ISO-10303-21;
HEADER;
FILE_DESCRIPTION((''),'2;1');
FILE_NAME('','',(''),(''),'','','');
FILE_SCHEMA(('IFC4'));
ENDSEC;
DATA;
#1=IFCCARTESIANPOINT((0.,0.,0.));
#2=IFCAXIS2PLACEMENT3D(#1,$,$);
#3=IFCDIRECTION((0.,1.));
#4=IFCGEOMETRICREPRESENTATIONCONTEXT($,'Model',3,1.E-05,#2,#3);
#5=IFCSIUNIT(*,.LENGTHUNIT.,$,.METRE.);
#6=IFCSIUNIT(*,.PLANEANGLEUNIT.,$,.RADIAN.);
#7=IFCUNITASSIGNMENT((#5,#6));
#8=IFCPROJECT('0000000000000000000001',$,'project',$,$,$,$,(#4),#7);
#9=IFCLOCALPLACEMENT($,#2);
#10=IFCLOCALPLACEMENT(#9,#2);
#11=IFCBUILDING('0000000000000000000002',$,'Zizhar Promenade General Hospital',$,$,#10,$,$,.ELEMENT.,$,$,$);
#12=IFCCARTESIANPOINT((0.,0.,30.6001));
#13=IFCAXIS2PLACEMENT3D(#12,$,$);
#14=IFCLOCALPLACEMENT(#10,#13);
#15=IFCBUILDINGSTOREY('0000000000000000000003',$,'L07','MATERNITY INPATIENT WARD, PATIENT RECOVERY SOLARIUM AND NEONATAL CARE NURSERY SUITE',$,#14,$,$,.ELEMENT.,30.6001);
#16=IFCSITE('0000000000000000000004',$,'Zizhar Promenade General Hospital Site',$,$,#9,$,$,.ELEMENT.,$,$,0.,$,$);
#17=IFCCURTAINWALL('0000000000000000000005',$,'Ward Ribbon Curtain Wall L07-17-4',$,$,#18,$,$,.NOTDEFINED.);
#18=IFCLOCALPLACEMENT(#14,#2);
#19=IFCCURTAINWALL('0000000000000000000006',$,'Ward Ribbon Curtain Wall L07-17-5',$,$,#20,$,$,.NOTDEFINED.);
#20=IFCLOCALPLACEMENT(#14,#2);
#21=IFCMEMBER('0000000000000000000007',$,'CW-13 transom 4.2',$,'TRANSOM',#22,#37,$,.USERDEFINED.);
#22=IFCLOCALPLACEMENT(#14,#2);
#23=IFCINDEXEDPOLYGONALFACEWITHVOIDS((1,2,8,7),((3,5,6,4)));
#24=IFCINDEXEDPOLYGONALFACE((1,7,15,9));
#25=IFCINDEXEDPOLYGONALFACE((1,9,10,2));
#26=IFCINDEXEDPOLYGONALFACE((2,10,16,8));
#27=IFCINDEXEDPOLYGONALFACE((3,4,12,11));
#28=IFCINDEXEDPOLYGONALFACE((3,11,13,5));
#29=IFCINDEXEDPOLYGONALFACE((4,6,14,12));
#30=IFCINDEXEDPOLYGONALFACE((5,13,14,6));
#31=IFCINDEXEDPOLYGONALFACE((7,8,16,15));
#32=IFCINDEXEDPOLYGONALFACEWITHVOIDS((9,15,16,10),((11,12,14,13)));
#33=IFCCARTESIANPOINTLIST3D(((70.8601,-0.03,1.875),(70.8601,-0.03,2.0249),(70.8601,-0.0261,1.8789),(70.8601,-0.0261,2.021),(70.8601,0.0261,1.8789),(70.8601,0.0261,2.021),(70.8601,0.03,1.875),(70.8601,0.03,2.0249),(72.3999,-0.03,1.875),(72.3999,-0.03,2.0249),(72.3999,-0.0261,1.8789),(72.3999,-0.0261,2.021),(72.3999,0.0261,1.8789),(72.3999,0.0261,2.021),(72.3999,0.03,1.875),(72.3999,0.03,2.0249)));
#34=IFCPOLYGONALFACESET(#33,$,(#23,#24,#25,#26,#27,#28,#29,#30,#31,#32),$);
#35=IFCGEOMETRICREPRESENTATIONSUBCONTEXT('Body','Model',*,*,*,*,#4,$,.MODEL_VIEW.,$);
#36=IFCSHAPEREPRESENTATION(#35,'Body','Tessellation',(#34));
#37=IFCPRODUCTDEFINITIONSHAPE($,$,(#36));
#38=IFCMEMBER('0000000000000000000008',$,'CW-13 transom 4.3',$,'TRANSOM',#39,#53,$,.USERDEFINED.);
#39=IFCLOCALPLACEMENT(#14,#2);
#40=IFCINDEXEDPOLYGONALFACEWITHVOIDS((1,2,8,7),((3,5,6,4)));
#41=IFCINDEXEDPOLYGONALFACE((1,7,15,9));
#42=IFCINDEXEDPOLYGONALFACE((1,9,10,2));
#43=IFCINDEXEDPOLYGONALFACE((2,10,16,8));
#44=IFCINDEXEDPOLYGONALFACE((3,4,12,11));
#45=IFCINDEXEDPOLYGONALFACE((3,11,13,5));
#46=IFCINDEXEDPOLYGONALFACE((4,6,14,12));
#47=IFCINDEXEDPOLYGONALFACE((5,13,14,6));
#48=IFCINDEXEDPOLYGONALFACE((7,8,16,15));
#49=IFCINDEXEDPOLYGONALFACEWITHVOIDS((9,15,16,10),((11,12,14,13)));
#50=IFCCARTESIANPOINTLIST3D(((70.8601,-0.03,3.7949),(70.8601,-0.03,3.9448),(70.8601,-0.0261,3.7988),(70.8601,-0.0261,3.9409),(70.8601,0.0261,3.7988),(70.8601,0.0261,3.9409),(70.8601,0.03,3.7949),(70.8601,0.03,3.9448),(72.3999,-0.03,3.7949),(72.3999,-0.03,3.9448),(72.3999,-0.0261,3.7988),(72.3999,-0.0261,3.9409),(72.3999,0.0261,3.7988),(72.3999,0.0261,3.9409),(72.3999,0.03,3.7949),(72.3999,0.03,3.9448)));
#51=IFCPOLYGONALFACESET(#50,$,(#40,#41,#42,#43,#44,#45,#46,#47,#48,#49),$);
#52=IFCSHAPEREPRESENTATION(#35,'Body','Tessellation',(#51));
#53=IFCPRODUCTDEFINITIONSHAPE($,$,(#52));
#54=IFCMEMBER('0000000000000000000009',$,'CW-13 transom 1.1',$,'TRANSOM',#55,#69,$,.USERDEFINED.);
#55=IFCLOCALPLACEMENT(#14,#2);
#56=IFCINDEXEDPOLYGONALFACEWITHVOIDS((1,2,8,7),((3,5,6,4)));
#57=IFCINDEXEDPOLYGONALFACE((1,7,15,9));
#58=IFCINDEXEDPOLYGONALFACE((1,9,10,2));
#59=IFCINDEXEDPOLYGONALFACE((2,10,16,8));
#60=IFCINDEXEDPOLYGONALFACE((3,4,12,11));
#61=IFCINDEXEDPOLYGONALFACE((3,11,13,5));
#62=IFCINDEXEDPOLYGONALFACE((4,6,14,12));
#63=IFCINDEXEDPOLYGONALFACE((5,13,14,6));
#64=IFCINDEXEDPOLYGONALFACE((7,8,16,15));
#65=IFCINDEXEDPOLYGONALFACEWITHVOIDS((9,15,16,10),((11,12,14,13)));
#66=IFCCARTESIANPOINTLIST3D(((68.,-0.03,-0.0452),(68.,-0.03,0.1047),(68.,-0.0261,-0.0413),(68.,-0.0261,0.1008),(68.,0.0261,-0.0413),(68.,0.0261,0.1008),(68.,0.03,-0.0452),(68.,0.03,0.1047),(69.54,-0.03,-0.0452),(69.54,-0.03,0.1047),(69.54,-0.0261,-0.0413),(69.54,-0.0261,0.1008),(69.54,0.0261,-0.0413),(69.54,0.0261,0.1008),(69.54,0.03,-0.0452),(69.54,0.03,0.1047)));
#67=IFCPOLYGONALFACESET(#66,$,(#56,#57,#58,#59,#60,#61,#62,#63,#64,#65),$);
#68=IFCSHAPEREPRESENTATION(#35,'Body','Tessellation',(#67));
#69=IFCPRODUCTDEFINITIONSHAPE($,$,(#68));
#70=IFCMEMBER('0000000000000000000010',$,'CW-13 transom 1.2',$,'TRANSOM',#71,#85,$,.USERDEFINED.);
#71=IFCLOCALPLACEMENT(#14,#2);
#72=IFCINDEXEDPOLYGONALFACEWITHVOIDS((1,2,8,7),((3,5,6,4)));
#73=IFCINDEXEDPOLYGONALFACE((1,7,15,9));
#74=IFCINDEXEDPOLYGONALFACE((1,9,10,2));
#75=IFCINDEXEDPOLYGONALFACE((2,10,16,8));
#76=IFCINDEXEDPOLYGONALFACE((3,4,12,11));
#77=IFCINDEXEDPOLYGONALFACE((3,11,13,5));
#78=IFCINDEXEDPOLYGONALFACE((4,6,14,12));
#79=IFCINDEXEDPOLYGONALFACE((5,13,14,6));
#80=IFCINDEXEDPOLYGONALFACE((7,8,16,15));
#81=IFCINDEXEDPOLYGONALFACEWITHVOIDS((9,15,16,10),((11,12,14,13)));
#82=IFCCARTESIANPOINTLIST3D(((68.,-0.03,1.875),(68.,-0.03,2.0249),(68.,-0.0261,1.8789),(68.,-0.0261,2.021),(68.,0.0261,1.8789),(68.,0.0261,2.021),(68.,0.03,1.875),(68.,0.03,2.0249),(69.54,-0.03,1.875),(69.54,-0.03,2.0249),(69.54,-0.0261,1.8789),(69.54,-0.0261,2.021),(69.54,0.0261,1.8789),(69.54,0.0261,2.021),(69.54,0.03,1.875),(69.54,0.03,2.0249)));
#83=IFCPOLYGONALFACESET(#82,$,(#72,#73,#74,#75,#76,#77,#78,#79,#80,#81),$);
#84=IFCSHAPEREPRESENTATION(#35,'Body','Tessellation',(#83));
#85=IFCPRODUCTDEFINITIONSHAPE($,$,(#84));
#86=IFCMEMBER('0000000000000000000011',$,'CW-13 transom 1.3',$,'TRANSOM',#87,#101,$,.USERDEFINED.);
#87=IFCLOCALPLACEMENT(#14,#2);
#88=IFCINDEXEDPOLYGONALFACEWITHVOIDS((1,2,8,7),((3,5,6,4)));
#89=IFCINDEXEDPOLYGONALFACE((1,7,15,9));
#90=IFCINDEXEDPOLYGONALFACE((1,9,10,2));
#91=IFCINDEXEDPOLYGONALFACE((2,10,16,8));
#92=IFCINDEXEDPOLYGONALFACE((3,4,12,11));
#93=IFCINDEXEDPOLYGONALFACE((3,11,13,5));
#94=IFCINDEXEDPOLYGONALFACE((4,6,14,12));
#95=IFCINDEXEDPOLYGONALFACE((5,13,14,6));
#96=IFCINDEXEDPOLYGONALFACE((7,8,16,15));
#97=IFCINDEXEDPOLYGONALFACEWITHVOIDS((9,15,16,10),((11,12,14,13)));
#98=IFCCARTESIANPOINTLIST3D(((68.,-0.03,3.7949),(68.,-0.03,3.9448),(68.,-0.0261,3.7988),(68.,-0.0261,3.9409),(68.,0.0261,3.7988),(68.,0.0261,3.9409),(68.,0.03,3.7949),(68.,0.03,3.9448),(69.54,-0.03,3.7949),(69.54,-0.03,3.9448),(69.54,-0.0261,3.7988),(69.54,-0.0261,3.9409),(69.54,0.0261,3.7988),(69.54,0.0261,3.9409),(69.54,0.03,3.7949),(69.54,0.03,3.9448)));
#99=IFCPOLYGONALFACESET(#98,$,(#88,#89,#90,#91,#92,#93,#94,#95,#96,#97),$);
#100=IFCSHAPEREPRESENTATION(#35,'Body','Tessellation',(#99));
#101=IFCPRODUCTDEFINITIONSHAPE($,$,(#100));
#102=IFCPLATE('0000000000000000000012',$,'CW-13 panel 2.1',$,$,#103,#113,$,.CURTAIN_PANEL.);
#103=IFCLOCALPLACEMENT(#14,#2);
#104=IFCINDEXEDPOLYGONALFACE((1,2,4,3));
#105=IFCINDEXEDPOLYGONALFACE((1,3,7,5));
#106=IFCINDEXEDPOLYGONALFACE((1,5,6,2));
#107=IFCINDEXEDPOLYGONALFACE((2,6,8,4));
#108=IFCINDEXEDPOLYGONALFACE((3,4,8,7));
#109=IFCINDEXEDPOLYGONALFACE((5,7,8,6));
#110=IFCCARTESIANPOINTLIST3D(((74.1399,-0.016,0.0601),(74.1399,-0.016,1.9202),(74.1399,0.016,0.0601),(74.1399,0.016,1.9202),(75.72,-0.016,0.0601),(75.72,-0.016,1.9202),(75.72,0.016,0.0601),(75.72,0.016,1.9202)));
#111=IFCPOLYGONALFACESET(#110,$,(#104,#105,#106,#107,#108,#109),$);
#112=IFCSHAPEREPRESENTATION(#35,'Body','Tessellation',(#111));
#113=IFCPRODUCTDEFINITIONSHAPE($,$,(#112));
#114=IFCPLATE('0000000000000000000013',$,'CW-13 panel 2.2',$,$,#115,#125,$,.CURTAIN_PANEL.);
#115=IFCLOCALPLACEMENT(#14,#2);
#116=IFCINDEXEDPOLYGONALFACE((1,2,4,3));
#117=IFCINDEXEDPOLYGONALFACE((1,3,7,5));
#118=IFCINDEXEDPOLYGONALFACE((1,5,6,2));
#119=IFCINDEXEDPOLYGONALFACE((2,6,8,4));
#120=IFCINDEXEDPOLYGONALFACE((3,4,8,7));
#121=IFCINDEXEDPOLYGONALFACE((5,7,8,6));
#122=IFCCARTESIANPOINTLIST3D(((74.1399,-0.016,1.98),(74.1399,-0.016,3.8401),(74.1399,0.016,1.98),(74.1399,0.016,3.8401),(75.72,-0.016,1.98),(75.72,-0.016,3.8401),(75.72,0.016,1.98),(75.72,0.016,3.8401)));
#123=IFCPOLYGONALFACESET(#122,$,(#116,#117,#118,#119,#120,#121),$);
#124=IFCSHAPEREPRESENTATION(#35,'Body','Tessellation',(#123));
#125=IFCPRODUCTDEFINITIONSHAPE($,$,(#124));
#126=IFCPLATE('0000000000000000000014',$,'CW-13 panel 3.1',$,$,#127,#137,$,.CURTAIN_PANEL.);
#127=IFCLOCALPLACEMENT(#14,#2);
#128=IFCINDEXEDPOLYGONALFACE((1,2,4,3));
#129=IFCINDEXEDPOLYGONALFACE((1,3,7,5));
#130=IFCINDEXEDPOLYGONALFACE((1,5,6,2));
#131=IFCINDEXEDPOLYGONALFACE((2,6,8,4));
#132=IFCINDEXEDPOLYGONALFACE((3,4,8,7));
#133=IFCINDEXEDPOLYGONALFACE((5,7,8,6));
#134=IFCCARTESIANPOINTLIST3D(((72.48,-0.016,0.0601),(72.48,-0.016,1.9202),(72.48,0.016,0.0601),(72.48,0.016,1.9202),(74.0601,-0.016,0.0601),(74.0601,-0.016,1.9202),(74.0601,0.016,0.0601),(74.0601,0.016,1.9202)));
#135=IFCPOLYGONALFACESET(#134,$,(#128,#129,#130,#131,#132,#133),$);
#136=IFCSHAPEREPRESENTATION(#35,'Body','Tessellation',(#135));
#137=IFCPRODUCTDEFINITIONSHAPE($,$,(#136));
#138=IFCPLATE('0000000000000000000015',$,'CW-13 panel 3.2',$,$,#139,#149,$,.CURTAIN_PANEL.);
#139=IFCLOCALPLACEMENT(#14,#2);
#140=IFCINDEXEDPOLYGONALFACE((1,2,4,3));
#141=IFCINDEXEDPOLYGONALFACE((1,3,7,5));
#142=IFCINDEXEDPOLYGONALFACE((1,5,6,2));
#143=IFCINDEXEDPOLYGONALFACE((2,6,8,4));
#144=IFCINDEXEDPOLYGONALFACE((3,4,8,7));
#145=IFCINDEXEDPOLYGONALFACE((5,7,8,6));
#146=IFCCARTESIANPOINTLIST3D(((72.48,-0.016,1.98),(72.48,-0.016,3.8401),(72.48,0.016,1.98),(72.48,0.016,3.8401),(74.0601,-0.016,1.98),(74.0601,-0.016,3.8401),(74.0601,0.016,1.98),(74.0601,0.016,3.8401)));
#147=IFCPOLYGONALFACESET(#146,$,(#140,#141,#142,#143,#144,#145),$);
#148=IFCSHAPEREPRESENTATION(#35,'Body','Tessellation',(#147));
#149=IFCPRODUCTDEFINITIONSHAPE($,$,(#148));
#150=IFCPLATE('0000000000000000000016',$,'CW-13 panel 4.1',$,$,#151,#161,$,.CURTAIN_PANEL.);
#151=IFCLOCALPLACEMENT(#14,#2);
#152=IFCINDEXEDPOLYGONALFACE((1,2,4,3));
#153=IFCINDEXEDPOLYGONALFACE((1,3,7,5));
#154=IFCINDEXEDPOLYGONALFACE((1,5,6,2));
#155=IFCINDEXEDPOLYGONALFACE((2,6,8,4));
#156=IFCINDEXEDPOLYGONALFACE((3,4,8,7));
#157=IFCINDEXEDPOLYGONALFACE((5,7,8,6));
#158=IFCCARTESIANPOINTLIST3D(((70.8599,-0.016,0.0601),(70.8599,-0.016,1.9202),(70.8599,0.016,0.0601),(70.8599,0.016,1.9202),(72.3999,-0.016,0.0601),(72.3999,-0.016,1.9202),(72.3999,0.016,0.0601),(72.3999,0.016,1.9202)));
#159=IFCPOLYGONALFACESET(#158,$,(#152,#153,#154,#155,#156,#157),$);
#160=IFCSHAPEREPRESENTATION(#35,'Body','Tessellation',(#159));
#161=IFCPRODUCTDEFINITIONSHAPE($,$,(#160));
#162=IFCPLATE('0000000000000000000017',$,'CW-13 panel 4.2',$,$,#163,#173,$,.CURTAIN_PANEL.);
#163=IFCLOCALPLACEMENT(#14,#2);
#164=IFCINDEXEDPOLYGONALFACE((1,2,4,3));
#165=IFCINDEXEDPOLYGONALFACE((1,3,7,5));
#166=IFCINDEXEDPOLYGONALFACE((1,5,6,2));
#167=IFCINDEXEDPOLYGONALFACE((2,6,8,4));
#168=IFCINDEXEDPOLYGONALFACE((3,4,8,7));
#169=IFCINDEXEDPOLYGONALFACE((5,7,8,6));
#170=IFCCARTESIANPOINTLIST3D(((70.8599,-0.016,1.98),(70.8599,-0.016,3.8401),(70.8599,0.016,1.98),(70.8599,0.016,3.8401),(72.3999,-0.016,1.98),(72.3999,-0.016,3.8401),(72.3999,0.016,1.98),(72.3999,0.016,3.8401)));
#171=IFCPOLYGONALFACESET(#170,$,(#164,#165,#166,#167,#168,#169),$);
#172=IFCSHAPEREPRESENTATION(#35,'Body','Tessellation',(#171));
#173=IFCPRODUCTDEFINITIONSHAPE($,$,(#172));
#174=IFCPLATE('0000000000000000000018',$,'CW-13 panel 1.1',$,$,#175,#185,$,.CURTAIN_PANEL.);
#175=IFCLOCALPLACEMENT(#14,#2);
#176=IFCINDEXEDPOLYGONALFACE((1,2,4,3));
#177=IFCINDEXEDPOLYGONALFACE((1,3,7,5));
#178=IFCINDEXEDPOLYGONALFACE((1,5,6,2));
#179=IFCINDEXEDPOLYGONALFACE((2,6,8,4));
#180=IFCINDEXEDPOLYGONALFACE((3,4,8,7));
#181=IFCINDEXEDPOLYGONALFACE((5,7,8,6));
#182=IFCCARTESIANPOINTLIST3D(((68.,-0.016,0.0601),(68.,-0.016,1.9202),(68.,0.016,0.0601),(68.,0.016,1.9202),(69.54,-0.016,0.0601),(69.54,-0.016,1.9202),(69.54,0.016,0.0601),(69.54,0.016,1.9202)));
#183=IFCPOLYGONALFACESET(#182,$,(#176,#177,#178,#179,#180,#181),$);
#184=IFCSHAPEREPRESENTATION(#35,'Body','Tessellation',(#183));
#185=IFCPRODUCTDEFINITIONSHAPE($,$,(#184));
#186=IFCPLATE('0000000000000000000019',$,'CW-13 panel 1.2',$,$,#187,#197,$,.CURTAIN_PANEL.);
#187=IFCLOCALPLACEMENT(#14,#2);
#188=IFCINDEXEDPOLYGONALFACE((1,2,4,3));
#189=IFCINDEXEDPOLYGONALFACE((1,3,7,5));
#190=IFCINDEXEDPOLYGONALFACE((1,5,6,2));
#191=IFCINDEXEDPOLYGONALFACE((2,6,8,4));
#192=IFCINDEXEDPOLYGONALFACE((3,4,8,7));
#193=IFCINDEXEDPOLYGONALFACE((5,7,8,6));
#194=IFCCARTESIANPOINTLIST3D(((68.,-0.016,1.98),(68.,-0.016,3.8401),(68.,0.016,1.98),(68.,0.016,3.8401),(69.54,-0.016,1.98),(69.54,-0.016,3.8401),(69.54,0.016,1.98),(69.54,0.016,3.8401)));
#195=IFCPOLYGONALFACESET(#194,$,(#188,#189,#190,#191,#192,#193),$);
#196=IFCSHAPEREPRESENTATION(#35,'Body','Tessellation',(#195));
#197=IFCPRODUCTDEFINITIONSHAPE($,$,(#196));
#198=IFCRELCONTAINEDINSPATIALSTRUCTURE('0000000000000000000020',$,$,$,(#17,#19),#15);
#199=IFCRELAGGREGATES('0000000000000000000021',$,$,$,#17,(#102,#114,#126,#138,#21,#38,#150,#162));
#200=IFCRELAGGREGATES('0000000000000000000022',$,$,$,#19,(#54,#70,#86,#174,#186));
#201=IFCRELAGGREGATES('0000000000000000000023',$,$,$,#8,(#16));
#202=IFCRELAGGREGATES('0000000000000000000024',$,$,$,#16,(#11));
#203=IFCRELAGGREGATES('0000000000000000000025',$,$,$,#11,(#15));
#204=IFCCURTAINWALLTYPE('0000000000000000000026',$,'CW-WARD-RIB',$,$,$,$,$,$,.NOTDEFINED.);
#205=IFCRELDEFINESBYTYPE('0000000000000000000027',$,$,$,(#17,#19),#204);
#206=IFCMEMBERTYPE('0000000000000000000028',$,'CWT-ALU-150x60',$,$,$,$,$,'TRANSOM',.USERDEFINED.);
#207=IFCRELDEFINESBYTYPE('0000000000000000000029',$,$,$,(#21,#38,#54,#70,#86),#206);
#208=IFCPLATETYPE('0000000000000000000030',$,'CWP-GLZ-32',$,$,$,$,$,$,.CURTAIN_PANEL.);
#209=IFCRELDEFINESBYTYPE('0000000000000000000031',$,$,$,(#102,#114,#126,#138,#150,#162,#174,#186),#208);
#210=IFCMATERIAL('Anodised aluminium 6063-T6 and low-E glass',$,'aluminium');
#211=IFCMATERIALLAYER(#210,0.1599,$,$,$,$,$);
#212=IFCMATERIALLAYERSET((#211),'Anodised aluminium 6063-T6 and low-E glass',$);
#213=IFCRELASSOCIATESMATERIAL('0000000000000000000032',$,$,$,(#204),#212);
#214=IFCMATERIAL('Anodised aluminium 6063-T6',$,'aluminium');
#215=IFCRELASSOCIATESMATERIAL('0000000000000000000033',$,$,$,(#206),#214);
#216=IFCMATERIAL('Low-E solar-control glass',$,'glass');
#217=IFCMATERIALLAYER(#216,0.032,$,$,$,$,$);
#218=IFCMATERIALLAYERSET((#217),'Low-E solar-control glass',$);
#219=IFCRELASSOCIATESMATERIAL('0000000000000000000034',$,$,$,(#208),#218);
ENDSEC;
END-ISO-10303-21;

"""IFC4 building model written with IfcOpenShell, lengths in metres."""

from ifc_helpers import new_model, si_unit, direction, frame, origin, origin_2d, place, context, subcontext, project, spatial, rectangle, hollow_rectangle, extrude, material, layer, layer_set, material_profile, profile_set, type_object, element, aggregate, save


model = new_model("IFC4")

# Units and contexts
model_context = context("Model", 3, precision=1e-05, world=origin(), true_north=direction((0.0, 1.0)))
body_context = subcontext(model_context, "Body", "Model", "MODEL_VIEW")
ifc_project = project(units=[si_unit("LENGTHUNIT", "METRE"), si_unit("PLANEANGLEUNIT", "RADIAN")], contexts=[model_context])

# Site, building, storey
site_placement = place(None, origin())
site = spatial("IfcSite", under=ifc_project, at=site_placement, Name="Zizhar Promenade General Hospital Site", CompositionType="ELEMENT", RefElevation=0.0)
building_placement = place(site_placement, origin())
building = spatial("IfcBuilding", under=site, at=building_placement, Name="Zizhar Promenade General Hospital", CompositionType="ELEMENT")
storey_placement = place(building_placement, frame((0.0, 0.0, 30.6001)))
storey = spatial("IfcBuildingStorey", under=building, at=storey_placement, Name="L07", Description="MATERNITY INPATIENT WARD, PATIENT RECOVERY SOLARIUM AND NEONATAL CARE NURSERY SUITE", CompositionType="ELEMENT", Elevation=30.6001)

# Curtain wall
ifc_material_1 = material(Name="Anodised aluminium 6063-T6 and low-E glass", Category="aluminium")
ifc_layer_1 = layer(ifc_material_1, 0.1599)
ifc_layer_set_1 = layer_set([ifc_layer_1], Name="Anodised aluminium 6063-T6 and low-E glass")
curtain_wall_type = type_object("IfcCurtainWallType", Name="CW-WARD-RIB", PredefinedType="NOTDEFINED", material=ifc_layer_set_1)
curtain_wall_1_placement = place(storey_placement, origin())
curtain_wall_1 = element("IfcCurtainWall", 1, at=curtain_wall_1_placement, inside=storey, type_object=curtain_wall_type, Name="Ward Ribbon Curtain Wall L07-17-4", PredefinedType="NOTDEFINED")

# Curtain wall
curtain_wall_2_placement = place(storey_placement, origin())
curtain_wall_2 = element("IfcCurtainWall", 2, at=curtain_wall_2_placement, inside=storey, type_object=curtain_wall_type, Name="Ward Ribbon Curtain Wall L07-17-5", PredefinedType="NOTDEFINED")

# Members
ifc_material_2 = material(Name="Anodised aluminium 6063-T6", Category="aluminium")
ifc_material_profile_1 = material_profile(ifc_material_2, hollow_rectangle(XDim=0.0601, YDim=0.1499, WallThickness=0.0039, at=origin_2d()))
ifc_profile_set_1 = profile_set([ifc_material_profile_1], Name="Anodised aluminium 6063-T6")
member_type_1 = type_object("IfcMemberType", Name="CWT-ALU-150x60", ElementType="TRANSOM", PredefinedType="USERDEFINED", material=ifc_profile_set_1)
member_1_placement = place(storey_placement, frame((72.3999, 0.0, 1.95), z_axis=(-1.0, 0.0, 0.0), x_axis=(0.0, -1.0, 0.0)))
member_1 = element("IfcMember", 3, at=member_1_placement, type_object=member_type_1, Name="CW-13 transom 4.2", ObjectType="TRANSOM", PredefinedType="USERDEFINED", context=body_context, shape_type="SweptSolid", body=[
    extrude(hollow_rectangle(XDim=0.0601, YDim=0.1499, WallThickness=0.0039, at=origin_2d()), origin(), (0.0, 0.0, 1.0), 1.5398),
])
member_2_placement = place(storey_placement, frame((72.3999, 0.0, 3.8699), z_axis=(-1.0, 0.0, 0.0), x_axis=(0.0, -1.0, 0.0)))
member_2 = element("IfcMember", 4, at=member_2_placement, type_object=member_type_1, Name="CW-13 transom 4.3", ObjectType="TRANSOM", PredefinedType="USERDEFINED", context=body_context, shape_type="SweptSolid", body=[
    extrude(hollow_rectangle(XDim=0.0601, YDim=0.1499, WallThickness=0.0039, at=origin_2d()), origin(), (0.0, 0.0, 1.0), 1.5398),
])
member_3_placement = place(storey_placement, frame((69.54, 0.0, 0.0298), z_axis=(-1.0, 0.0, 0.0), x_axis=(0.0, -1.0, 0.0)))
member_3 = element("IfcMember", 5, at=member_3_placement, type_object=member_type_1, Name="CW-13 transom 1.1", ObjectType="TRANSOM", PredefinedType="USERDEFINED", context=body_context, shape_type="SweptSolid", body=[
    extrude(hollow_rectangle(XDim=0.0601, YDim=0.1499, WallThickness=0.0039, at=origin_2d()), origin(), (0.0, 0.0, 1.0), 1.54),
])
member_4_placement = place(storey_placement, frame((69.54, 0.0, 1.95), z_axis=(-1.0, 0.0, 0.0), x_axis=(0.0, -1.0, 0.0)))
member_4 = element("IfcMember", 6, at=member_4_placement, type_object=member_type_1, Name="CW-13 transom 1.2", ObjectType="TRANSOM", PredefinedType="USERDEFINED", context=body_context, shape_type="SweptSolid", body=[
    extrude(hollow_rectangle(XDim=0.0601, YDim=0.1499, WallThickness=0.0039, at=origin_2d()), origin(), (0.0, 0.0, 1.0), 1.54),
])
member_5_placement = place(storey_placement, frame((69.54, 0.0, 3.8699), z_axis=(-1.0, 0.0, 0.0), x_axis=(0.0, -1.0, 0.0)))
member_5 = element("IfcMember", 7, at=member_5_placement, type_object=member_type_1, Name="CW-13 transom 1.3", ObjectType="TRANSOM", PredefinedType="USERDEFINED", context=body_context, shape_type="SweptSolid", body=[
    extrude(hollow_rectangle(XDim=0.0601, YDim=0.1499, WallThickness=0.0039, at=origin_2d()), origin(), (0.0, 0.0, 1.0), 1.54),
])

# Plates
ifc_material_3 = material(Name="Low-E solar-control glass", Category="glass")
ifc_layer_2 = layer(ifc_material_3, 0.032)
ifc_layer_set_2 = layer_set([ifc_layer_2], Name="Low-E solar-control glass")
plate_type = type_object("IfcPlateType", Name="CWP-GLZ-32", PredefinedType="CURTAIN_PANEL", material=ifc_layer_set_2)
plate_1_placement = place(storey_placement, frame((74.9299, 0.0, 0.0601), z_axis=(0.0, 0.0, 1.0), x_axis=(-1.0, 0.0, 0.0)))
plate_1 = element("IfcPlate", 8, at=plate_1_placement, type_object=plate_type, Name="CW-13 panel 2.1", PredefinedType="CURTAIN_PANEL", context=body_context, shape_type="SweptSolid", body=[
    extrude(rectangle(XDim=1.5801, YDim=0.032, at=origin_2d()), origin(), (0.0, 0.0, 1.0), 1.8601),
])
plate_2_placement = place(storey_placement, frame((74.9299, 0.0, 1.98), z_axis=(0.0, 0.0, 1.0), x_axis=(-1.0, 0.0, 0.0)))
plate_2 = element("IfcPlate", 9, at=plate_2_placement, type_object=plate_type, Name="CW-13 panel 2.2", PredefinedType="CURTAIN_PANEL", context=body_context, shape_type="SweptSolid", body=[
    extrude(rectangle(XDim=1.5801, YDim=0.032, at=origin_2d()), origin(), (0.0, 0.0, 1.0), 1.8601),
])
plate_3_placement = place(storey_placement, frame((73.27, 0.0, 0.0601), z_axis=(0.0, 0.0, 1.0), x_axis=(-1.0, 0.0, 0.0)))
plate_3 = element("IfcPlate", 10, at=plate_3_placement, type_object=plate_type, Name="CW-13 panel 3.1", PredefinedType="CURTAIN_PANEL", context=body_context, shape_type="SweptSolid", body=[
    extrude(rectangle(XDim=1.5801, YDim=0.032, at=origin_2d()), origin(), (0.0, 0.0, 1.0), 1.8601),
])
plate_4_placement = place(storey_placement, frame((73.27, 0.0, 1.98), z_axis=(0.0, 0.0, 1.0), x_axis=(-1.0, 0.0, 0.0)))
plate_4 = element("IfcPlate", 11, at=plate_4_placement, type_object=plate_type, Name="CW-13 panel 3.2", PredefinedType="CURTAIN_PANEL", context=body_context, shape_type="SweptSolid", body=[
    extrude(rectangle(XDim=1.5801, YDim=0.032, at=origin_2d()), origin(), (0.0, 0.0, 1.0), 1.8601),
])
plate_5_placement = place(storey_placement, frame((71.6299, 0.0, 0.0601), z_axis=(0.0, 0.0, 1.0), x_axis=(-1.0, 0.0, 0.0)))
plate_5 = element("IfcPlate", 12, at=plate_5_placement, type_object=plate_type, Name="CW-13 panel 4.1", PredefinedType="CURTAIN_PANEL", context=body_context, shape_type="SweptSolid", body=[
    extrude(rectangle(XDim=1.54, YDim=0.032, at=origin_2d()), origin(), (0.0, 0.0, 1.0), 1.8601),
])
plate_6_placement = place(storey_placement, frame((71.6299, 0.0, 1.98), z_axis=(0.0, 0.0, 1.0), x_axis=(-1.0, 0.0, 0.0)))
plate_6 = element("IfcPlate", 13, at=plate_6_placement, type_object=plate_type, Name="CW-13 panel 4.2", PredefinedType="CURTAIN_PANEL", context=body_context, shape_type="SweptSolid", body=[
    extrude(rectangle(XDim=1.54, YDim=0.032, at=origin_2d()), origin(), (0.0, 0.0, 1.0), 1.8601),
])
aggregate(curtain_wall_1, [plate_1, plate_2, plate_3, plate_4, member_1, member_2, plate_5, plate_6])
plate_7_placement = place(storey_placement, frame((68.77, 0.0, 0.0601), z_axis=(0.0, 0.0, 1.0), x_axis=(-1.0, 0.0, 0.0)))
plate_7 = element("IfcPlate", 14, at=plate_7_placement, type_object=plate_type, Name="CW-13 panel 1.1", PredefinedType="CURTAIN_PANEL", context=body_context, shape_type="SweptSolid", body=[
    extrude(rectangle(XDim=1.54, YDim=0.032, at=origin_2d()), origin(), (0.0, 0.0, 1.0), 1.8601),
])
plate_8_placement = place(storey_placement, frame((68.77, 0.0, 1.98), z_axis=(0.0, 0.0, 1.0), x_axis=(-1.0, 0.0, 0.0)))
plate_8 = element("IfcPlate", 15, at=plate_8_placement, type_object=plate_type, Name="CW-13 panel 1.2", PredefinedType="CURTAIN_PANEL", context=body_context, shape_type="SweptSolid", body=[
    extrude(rectangle(XDim=1.54, YDim=0.032, at=origin_2d()), origin(), (0.0, 0.0, 1.0), 1.8601),
])
aggregate(curtain_wall_2, [member_3, member_4, member_5, plate_7, plate_8])

save(model, "model.ifc")
